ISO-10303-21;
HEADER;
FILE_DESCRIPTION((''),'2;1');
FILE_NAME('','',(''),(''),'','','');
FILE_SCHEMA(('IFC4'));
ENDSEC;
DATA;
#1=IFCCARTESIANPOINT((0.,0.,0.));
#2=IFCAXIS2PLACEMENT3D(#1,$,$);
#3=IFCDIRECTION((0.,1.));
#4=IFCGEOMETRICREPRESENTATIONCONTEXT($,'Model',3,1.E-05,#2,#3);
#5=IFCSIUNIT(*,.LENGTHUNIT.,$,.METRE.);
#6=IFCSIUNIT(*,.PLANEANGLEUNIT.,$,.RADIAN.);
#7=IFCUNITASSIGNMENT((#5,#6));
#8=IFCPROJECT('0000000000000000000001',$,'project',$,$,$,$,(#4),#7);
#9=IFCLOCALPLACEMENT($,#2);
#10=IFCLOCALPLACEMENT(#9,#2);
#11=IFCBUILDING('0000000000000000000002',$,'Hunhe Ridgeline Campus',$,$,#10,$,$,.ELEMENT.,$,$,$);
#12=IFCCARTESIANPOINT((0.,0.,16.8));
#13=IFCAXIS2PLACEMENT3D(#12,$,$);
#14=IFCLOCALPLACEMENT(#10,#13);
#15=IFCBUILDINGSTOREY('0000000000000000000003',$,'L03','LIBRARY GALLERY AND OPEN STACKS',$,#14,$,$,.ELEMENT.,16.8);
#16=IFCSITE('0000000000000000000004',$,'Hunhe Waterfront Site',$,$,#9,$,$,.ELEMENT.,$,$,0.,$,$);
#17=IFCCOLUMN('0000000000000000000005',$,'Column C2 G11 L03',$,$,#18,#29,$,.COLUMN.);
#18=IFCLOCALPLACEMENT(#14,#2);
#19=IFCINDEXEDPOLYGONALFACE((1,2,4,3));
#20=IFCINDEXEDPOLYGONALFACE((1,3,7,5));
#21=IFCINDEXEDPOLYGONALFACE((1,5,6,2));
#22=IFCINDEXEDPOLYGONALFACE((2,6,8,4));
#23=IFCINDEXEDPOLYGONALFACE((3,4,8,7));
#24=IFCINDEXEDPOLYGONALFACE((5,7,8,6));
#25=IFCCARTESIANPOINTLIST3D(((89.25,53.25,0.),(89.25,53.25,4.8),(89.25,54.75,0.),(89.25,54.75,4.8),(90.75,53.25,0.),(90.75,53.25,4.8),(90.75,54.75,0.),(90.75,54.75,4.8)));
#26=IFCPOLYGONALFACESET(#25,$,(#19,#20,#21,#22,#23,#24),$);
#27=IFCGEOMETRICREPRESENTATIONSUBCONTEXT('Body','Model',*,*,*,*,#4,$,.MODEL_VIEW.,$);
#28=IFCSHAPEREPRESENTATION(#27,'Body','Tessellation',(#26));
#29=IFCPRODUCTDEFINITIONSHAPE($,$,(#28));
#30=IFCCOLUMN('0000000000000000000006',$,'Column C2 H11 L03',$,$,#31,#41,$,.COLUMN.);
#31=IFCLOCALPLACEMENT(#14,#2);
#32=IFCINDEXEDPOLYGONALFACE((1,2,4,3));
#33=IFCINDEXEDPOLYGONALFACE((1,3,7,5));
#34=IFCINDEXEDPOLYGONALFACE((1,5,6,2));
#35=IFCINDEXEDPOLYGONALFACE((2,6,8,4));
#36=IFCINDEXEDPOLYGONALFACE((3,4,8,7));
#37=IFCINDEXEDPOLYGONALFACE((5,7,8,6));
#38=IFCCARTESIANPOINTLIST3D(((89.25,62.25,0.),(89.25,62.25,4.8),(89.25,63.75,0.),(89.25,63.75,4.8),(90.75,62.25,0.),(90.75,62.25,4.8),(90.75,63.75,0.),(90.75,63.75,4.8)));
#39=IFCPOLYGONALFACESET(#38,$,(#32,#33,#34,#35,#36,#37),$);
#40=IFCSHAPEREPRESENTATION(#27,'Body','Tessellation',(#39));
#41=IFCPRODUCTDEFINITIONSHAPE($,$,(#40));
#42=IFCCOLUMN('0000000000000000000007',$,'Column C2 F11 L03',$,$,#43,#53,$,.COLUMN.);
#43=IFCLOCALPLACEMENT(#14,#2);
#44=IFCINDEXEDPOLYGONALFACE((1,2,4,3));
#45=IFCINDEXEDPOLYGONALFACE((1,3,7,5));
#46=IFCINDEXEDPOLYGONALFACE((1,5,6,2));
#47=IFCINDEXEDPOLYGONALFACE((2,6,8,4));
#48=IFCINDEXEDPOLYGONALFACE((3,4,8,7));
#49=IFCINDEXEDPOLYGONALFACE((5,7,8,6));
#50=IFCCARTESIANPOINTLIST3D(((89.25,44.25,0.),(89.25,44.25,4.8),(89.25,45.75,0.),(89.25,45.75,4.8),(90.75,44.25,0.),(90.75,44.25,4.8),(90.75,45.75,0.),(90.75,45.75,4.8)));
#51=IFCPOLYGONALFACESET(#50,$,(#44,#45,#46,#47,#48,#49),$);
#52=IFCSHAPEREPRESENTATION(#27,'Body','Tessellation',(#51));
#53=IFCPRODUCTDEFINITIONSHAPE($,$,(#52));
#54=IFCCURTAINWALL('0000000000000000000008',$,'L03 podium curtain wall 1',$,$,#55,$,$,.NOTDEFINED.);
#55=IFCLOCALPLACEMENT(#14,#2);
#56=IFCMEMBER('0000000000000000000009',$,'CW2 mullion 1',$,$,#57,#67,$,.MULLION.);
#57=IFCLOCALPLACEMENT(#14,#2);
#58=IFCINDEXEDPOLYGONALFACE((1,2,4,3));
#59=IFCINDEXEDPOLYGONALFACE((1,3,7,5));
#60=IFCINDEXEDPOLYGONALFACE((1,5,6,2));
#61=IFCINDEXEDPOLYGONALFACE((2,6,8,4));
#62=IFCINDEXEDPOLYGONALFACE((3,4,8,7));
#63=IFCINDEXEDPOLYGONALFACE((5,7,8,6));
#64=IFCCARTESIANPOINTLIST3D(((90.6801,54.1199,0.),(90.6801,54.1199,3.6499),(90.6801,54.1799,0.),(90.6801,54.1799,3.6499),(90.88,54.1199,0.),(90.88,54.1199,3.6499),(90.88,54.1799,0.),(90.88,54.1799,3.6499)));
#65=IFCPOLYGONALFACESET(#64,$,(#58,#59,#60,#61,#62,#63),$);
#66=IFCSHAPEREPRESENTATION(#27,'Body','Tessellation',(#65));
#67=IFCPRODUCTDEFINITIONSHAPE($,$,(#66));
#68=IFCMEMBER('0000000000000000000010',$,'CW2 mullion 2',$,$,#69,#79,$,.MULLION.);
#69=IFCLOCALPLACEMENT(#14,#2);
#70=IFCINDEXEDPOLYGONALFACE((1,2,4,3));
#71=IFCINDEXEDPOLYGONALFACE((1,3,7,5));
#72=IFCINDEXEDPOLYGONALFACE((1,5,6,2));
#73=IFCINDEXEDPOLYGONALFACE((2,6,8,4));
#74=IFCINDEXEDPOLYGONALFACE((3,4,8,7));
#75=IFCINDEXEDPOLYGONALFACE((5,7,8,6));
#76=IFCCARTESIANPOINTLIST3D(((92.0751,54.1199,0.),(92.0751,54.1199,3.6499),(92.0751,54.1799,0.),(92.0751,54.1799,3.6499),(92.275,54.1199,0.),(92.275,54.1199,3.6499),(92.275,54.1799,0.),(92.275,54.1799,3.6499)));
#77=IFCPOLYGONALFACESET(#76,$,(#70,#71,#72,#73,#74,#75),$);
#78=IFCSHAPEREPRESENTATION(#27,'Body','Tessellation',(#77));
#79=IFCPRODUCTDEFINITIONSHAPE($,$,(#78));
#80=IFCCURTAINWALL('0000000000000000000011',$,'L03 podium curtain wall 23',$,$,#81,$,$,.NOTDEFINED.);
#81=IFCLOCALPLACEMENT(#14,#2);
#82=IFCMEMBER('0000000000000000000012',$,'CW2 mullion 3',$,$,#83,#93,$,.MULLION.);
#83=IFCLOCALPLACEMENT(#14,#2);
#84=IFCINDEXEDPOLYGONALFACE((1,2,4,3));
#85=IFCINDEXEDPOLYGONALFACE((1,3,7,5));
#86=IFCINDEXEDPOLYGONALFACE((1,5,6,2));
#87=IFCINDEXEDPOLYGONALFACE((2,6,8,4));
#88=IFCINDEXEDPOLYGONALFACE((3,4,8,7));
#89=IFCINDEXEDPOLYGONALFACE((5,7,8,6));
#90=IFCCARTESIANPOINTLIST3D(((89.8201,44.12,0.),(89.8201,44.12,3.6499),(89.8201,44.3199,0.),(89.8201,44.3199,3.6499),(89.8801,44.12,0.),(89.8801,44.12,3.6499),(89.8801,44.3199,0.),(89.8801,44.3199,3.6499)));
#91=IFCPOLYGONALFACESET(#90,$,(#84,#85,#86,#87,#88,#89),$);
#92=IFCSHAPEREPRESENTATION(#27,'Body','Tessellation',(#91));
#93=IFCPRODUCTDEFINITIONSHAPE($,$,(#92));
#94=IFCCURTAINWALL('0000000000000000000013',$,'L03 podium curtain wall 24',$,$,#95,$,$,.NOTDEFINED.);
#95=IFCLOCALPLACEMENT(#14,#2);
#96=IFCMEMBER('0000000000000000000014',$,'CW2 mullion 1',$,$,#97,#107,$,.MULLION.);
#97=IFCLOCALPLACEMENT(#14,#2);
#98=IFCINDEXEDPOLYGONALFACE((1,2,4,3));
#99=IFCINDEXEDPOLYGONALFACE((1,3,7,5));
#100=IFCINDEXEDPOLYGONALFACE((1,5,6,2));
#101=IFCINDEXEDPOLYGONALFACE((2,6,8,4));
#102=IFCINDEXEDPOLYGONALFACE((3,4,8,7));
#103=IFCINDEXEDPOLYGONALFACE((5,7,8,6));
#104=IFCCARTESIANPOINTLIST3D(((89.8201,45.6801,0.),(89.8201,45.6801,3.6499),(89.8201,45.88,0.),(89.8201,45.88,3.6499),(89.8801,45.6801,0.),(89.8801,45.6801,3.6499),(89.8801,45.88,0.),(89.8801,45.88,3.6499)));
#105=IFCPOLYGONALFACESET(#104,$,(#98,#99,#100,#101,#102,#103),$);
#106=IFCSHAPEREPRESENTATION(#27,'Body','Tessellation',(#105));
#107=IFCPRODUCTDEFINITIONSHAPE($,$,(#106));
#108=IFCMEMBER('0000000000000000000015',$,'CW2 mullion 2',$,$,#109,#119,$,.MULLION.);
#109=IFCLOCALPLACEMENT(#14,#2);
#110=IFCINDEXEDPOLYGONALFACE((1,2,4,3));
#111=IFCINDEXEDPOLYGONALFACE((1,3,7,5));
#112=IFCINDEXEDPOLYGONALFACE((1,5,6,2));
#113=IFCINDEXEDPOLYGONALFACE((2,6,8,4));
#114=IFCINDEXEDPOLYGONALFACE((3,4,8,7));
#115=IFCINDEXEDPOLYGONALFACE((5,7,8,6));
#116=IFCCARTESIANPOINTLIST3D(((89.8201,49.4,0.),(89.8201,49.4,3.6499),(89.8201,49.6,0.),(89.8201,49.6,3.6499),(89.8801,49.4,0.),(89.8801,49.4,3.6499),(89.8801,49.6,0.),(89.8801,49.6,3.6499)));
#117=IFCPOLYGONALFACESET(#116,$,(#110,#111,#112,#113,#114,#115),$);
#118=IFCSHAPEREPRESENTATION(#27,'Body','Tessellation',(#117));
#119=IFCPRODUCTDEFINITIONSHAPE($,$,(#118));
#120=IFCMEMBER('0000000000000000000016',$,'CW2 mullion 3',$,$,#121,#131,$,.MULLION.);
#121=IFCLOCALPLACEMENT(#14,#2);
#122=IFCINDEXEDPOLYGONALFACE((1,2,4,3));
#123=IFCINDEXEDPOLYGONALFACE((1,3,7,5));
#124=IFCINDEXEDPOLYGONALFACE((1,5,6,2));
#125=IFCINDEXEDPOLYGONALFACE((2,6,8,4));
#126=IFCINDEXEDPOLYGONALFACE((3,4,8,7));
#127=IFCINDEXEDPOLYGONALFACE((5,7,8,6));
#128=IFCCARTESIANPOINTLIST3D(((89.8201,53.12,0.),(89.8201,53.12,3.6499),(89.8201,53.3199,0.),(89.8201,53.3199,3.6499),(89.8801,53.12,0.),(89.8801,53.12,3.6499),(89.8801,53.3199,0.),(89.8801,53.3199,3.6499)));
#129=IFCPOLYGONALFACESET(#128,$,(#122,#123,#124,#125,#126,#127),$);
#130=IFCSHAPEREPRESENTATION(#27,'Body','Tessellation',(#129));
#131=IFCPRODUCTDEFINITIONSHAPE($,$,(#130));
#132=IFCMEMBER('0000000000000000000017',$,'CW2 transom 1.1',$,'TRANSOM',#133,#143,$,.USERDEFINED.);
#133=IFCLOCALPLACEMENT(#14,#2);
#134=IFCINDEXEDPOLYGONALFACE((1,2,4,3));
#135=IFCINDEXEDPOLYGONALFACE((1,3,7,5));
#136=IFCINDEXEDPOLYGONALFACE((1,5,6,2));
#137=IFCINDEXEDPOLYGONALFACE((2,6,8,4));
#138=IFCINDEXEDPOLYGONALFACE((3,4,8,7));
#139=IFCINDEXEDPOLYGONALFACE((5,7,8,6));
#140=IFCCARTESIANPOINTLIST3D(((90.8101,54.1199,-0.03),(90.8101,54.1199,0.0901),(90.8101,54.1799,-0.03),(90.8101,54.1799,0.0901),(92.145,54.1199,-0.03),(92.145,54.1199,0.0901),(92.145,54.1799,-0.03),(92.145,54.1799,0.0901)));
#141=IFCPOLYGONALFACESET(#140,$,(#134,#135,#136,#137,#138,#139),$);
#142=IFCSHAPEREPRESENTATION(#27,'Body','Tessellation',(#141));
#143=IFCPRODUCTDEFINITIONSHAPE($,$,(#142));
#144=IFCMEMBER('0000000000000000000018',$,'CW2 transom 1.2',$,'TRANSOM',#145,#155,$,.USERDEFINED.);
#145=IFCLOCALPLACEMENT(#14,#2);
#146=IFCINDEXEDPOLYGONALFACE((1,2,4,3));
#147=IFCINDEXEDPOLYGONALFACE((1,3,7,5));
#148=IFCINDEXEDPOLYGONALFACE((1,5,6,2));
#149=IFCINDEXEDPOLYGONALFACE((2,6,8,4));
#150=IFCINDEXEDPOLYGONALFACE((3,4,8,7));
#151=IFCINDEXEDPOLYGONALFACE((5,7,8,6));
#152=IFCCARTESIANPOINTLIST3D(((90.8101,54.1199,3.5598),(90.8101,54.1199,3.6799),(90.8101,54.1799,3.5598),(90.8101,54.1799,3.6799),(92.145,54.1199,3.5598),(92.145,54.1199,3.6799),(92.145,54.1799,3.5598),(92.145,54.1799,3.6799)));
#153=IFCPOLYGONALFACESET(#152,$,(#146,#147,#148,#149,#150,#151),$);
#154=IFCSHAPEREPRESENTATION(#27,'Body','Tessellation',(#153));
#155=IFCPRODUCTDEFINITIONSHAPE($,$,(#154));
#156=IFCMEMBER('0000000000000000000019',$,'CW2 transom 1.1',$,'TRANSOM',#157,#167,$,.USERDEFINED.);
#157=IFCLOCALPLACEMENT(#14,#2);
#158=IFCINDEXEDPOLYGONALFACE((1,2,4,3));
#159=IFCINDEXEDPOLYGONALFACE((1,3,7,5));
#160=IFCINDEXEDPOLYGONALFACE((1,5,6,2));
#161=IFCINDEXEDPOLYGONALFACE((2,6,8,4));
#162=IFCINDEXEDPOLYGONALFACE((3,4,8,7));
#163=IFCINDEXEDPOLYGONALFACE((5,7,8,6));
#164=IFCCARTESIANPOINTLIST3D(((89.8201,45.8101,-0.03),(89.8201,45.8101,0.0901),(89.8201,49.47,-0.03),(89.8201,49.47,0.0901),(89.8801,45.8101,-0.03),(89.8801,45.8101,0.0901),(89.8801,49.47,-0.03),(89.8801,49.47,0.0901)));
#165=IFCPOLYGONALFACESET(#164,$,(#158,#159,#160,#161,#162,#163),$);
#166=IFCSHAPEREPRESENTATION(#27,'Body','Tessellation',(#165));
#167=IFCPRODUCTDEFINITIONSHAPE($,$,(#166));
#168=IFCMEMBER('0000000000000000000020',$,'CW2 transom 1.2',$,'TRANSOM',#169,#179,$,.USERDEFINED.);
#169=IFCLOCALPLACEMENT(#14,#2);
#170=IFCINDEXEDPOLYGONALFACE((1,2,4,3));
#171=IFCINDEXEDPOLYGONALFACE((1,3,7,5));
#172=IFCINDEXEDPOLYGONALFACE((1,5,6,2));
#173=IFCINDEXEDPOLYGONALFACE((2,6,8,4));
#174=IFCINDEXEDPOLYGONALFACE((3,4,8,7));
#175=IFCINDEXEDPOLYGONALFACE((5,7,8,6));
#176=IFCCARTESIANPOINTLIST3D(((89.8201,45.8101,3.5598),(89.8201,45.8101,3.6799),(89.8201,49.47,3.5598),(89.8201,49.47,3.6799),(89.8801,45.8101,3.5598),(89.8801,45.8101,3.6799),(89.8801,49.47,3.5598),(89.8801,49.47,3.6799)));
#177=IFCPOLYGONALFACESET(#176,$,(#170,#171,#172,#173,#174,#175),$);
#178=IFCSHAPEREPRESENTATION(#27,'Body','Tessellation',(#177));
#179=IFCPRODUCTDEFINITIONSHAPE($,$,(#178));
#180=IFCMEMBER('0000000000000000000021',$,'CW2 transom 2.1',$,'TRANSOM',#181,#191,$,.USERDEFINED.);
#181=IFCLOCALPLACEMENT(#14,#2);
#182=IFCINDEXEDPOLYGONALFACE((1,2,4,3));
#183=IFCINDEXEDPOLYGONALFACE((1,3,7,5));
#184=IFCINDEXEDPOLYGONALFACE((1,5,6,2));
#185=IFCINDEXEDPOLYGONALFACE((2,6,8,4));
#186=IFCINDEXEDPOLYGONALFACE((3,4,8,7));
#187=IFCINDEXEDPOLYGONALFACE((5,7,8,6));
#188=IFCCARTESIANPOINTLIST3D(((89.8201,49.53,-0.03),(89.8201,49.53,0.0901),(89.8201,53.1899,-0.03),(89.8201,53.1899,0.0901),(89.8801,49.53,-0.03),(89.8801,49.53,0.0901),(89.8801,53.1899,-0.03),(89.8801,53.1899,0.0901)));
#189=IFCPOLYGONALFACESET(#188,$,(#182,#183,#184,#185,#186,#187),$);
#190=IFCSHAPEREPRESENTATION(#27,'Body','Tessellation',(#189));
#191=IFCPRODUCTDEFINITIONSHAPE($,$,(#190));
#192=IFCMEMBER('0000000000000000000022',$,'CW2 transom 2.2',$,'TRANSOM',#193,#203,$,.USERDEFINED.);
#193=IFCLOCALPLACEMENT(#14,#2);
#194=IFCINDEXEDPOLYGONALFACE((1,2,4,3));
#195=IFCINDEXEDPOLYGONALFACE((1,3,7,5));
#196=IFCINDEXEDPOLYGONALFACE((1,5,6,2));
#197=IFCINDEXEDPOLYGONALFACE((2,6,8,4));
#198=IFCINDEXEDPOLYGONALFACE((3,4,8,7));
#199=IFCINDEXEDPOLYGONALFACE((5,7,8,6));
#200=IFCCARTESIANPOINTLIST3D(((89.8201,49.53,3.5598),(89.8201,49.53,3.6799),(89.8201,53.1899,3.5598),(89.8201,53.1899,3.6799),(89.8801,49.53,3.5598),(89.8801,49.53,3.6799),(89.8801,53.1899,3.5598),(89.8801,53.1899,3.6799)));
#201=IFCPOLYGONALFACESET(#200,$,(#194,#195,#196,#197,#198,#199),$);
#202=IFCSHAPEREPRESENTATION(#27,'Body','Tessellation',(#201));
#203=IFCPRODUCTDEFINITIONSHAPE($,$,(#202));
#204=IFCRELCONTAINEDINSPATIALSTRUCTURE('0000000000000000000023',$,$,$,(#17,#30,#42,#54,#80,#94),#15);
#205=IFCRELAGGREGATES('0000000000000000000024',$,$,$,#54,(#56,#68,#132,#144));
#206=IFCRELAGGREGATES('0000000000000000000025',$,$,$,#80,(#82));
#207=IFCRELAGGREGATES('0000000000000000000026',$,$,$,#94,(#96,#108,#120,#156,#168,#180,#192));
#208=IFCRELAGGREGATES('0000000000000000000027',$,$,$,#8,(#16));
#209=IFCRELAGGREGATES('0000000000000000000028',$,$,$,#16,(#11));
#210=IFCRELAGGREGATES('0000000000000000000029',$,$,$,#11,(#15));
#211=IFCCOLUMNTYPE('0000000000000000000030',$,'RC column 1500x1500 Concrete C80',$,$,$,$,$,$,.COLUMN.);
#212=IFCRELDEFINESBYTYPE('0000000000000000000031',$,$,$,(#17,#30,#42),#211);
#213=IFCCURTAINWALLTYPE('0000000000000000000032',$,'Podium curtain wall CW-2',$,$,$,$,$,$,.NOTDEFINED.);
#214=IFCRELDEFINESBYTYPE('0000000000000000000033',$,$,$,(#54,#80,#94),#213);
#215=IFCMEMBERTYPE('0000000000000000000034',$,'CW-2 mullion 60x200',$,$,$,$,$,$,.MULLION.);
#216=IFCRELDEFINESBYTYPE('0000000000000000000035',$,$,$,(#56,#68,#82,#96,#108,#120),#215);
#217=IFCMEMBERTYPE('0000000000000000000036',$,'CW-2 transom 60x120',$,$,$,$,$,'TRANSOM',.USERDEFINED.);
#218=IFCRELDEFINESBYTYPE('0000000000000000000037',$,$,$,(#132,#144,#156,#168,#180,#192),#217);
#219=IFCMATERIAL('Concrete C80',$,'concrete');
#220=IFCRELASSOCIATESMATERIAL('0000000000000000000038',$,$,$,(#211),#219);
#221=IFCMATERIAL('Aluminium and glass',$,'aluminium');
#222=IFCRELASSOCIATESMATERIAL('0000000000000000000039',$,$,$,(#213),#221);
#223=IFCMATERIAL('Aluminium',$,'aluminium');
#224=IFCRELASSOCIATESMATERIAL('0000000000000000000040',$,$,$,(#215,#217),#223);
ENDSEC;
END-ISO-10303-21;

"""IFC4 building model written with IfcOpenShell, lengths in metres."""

from ifc_helpers import new_model, si_unit, direction, frame, origin, origin_2d, place, context, subcontext, project, spatial, rectangle, extrude, material, material_profile, profile_set, type_object, element, aggregate, save


model = new_model("IFC4")

# Units and contexts
model_context = context("Model", 3, precision=1e-05, world=origin(), true_north=direction((0.0, 1.0)))
body_context = subcontext(model_context, "Body", "Model", "MODEL_VIEW")
ifc_project = project(units=[si_unit("LENGTHUNIT", "METRE"), si_unit("PLANEANGLEUNIT", "RADIAN")], contexts=[model_context])

# Site, building, storey
site_placement = place(None, origin())
site = spatial("IfcSite", under=ifc_project, at=site_placement, Name="Hunhe Waterfront Site", CompositionType="ELEMENT", RefElevation=0.0)
building_placement = place(site_placement, origin())
building = spatial("IfcBuilding", under=site, at=building_placement, Name="Hunhe Ridgeline Campus", CompositionType="ELEMENT")
storey_placement = place(building_placement, frame((0.0, 0.0, 16.8)))
storey = spatial("IfcBuildingStorey", under=building, at=storey_placement, Name="L03", Description="LIBRARY GALLERY AND OPEN STACKS", CompositionType="ELEMENT", Elevation=16.8)

# Columns
ifc_material_1 = material(Name="Concrete C80", Category="concrete")
ifc_material_profile_1 = material_profile(ifc_material_1, rectangle(XDim=1.5, YDim=1.5, at=origin_2d()))
ifc_profile_set_1 = profile_set([ifc_material_profile_1], Name="Concrete C80")
column_type = type_object("IfcColumnType", Name="RC column 1500x1500 Concrete C80", PredefinedType="COLUMN", material=ifc_profile_set_1)
for number, where, z_axis, x_axis, name in (
    (1, (90.0, 54.0, 0.0), (0.0, 0.0, 1.0), (1.0, 0.0, 0.0), "Column C2 G11 L03"),
    (2, (90.0, 63.0, 0.0), (0.0, 0.0, 1.0), (1.0, 0.0, 0.0), "Column C2 H11 L03"),
    (3, (90.0, 45.0, 0.0), (0.0, 0.0, 1.0), (1.0, 0.0, 0.0), "Column C2 F11 L03"),
):
    element("IfcColumn", number, at=place(storey_placement, frame(where, z_axis=z_axis, x_axis=x_axis)), inside=storey, type_object=column_type, Name=name, PredefinedType="COLUMN", context=body_context, shape_type="SweptSolid", body=[
        extrude(rectangle(XDim=1.5, YDim=1.5, at=origin_2d()), origin(), (0.0, 0.0, 1.0), 4.8),
    ])

# Curtain wall, members
ifc_material_2 = material(Name="Aluminium and glass", Category="aluminium")
curtain_wall_type = type_object("IfcCurtainWallType", Name="Podium curtain wall CW-2", PredefinedType="NOTDEFINED", material=ifc_material_2)
curtain_wall_1_placement = place(storey_placement, origin())
curtain_wall_1 = element("IfcCurtainWall", 4, at=curtain_wall_1_placement, inside=storey, type_object=curtain_wall_type, Name="L03 podium curtain wall 1", PredefinedType="NOTDEFINED")
ifc_material_3 = material(Name="Aluminium", Category="aluminium")
ifc_material_profile_2 = material_profile(ifc_material_3, rectangle(XDim=0.0601, YDim=0.2, at=origin_2d()))
ifc_profile_set_2 = profile_set([ifc_material_profile_2], Name="Aluminium")
member_type_1 = type_object("IfcMemberType", Name="CW-2 mullion 60x200", PredefinedType="MULLION", material=ifc_profile_set_2)
member_1_placement = place(storey_placement, frame((90.78, 54.1499, 0.0), z_axis=(0.0, 0.0, 1.0), x_axis=(0.0, 1.0, 0.0)))
member_1 = element("IfcMember", 5, at=member_1_placement, type_object=member_type_1, Name="CW2 mullion 1", PredefinedType="MULLION", context=body_context, shape_type="SweptSolid", body=[
    extrude(rectangle(XDim=0.0601, YDim=0.2, at=origin_2d()), origin(), (0.0, 0.0, 1.0), 3.6499),
])
member_2_placement = place(storey_placement, frame((92.175, 54.1499, 0.0), z_axis=(0.0, 0.0, 1.0), x_axis=(0.0, 1.0, 0.0)))
member_2 = element("IfcMember", 6, at=member_2_placement, type_object=member_type_1, Name="CW2 mullion 2", PredefinedType="MULLION", context=body_context, shape_type="SweptSolid", body=[
    extrude(rectangle(XDim=0.0601, YDim=0.2, at=origin_2d()), origin(), (0.0, 0.0, 1.0), 3.6499),
])

# Curtain wall, member
curtain_wall_2_placement = place(storey_placement, origin())
curtain_wall_2 = element("IfcCurtainWall", 7, at=curtain_wall_2_placement, inside=storey, type_object=curtain_wall_type, Name="L03 podium curtain wall 23", PredefinedType="NOTDEFINED")
member_3_placement = place(storey_placement, frame((89.8501, 44.22, 0.0), z_axis=(0.0, 0.0, 1.0), x_axis=(-1.0, 0.0, 0.0)))
member_3 = element("IfcMember", 8, at=member_3_placement, type_object=member_type_1, Name="CW2 mullion 3", PredefinedType="MULLION", context=body_context, shape_type="SweptSolid", body=[
    extrude(rectangle(XDim=0.0601, YDim=0.2, at=origin_2d()), origin(), (0.0, 0.0, 1.0), 3.6499),
])

# Curtain wall, members
curtain_wall_3_placement = place(storey_placement, origin())
curtain_wall_3 = element("IfcCurtainWall", 9, at=curtain_wall_3_placement, inside=storey, type_object=curtain_wall_type, Name="L03 podium curtain wall 24", PredefinedType="NOTDEFINED")
member_4_placement = place(storey_placement, frame((89.8501, 45.78, 0.0), z_axis=(0.0, 0.0, 1.0), x_axis=(-1.0, 0.0, 0.0)))
member_4 = element("IfcMember", 10, at=member_4_placement, type_object=member_type_1, Name="CW2 mullion 1", PredefinedType="MULLION", context=body_context, shape_type="SweptSolid", body=[
    extrude(rectangle(XDim=0.0601, YDim=0.2, at=origin_2d()), origin(), (0.0, 0.0, 1.0), 3.6499),
])
member_5_placement = place(storey_placement, frame((89.8501, 49.5, 0.0), z_axis=(0.0, 0.0, 1.0), x_axis=(-1.0, 0.0, 0.0)))
member_5 = element("IfcMember", 11, at=member_5_placement, type_object=member_type_1, Name="CW2 mullion 2", PredefinedType="MULLION", context=body_context, shape_type="SweptSolid", body=[
    extrude(rectangle(XDim=0.0601, YDim=0.2, at=origin_2d()), origin(), (0.0, 0.0, 1.0), 3.6499),
])
member_6_placement = place(storey_placement, frame((89.8501, 53.22, 0.0), z_axis=(0.0, 0.0, 1.0), x_axis=(-1.0, 0.0, 0.0)))
member_6 = element("IfcMember", 12, at=member_6_placement, type_object=member_type_1, Name="CW2 mullion 3", PredefinedType="MULLION", context=body_context, shape_type="SweptSolid", body=[
    extrude(rectangle(XDim=0.0601, YDim=0.2, at=origin_2d()), origin(), (0.0, 0.0, 1.0), 3.6499),
])

# Members
ifc_material_profile_3 = material_profile(ifc_material_3, rectangle(XDim=0.0601, YDim=0.1201, at=origin_2d()))
ifc_profile_set_3 = profile_set([ifc_material_profile_3], Name="Aluminium")
member_type_2 = type_object("IfcMemberType", Name="CW-2 transom 60x120", ElementType="TRANSOM", PredefinedType="USERDEFINED", material=ifc_profile_set_3)
member_7_placement = place(storey_placement, frame((90.8101, 54.1499, 0.03), z_axis=(1.0, 0.0, 0.0), x_axis=(0.0, 1.0, 0.0)))
member_7 = element("IfcMember", 13, at=member_7_placement, type_object=member_type_2, Name="CW2 transom 1.1", ObjectType="TRANSOM", PredefinedType="USERDEFINED", context=body_context, shape_type="SweptSolid", body=[
    extrude(rectangle(XDim=0.0601, YDim=0.1201, at=origin_2d()), origin(), (0.0, 0.0, 1.0), 1.335),
])
member_8_placement = place(storey_placement, frame((90.8101, 54.1499, 3.6199), z_axis=(1.0, 0.0, 0.0), x_axis=(0.0, 1.0, 0.0)))
member_8 = element("IfcMember", 14, at=member_8_placement, type_object=member_type_2, Name="CW2 transom 1.2", ObjectType="TRANSOM", PredefinedType="USERDEFINED", context=body_context, shape_type="SweptSolid", body=[
    extrude(rectangle(XDim=0.0601, YDim=0.1201, at=origin_2d()), origin(), (0.0, 0.0, 1.0), 1.335),
])
member_9_placement = place(storey_placement, frame((89.8501, 45.8101, 0.03), z_axis=(0.0, 1.0, 0.0), x_axis=(-1.0, 0.0, 0.0)))
member_9 = element("IfcMember", 15, at=member_9_placement, type_object=member_type_2, Name="CW2 transom 1.1", ObjectType="TRANSOM", PredefinedType="USERDEFINED", context=body_context, shape_type="SweptSolid", body=[
    extrude(rectangle(XDim=0.0601, YDim=0.1201, at=origin_2d()), origin(), (0.0, 0.0, 1.0), 3.6599),
])
member_10_placement = place(storey_placement, frame((89.8501, 45.8101, 3.6199), z_axis=(0.0, 1.0, 0.0), x_axis=(-1.0, 0.0, 0.0)))
member_10 = element("IfcMember", 16, at=member_10_placement, type_object=member_type_2, Name="CW2 transom 1.2", ObjectType="TRANSOM", PredefinedType="USERDEFINED", context=body_context, shape_type="SweptSolid", body=[
    extrude(rectangle(XDim=0.0601, YDim=0.1201, at=origin_2d()), origin(), (0.0, 0.0, 1.0), 3.6599),
])
member_11_placement = place(storey_placement, frame((89.8501, 49.53, 0.03), z_axis=(0.0, 1.0, 0.0), x_axis=(-1.0, 0.0, 0.0)))
member_11 = element("IfcMember", 17, at=member_11_placement, type_object=member_type_2, Name="CW2 transom 2.1", ObjectType="TRANSOM", PredefinedType="USERDEFINED", context=body_context, shape_type="SweptSolid", body=[
    extrude(rectangle(XDim=0.0601, YDim=0.1201, at=origin_2d()), origin(), (0.0, 0.0, 1.0), 3.6599),
])
member_12_placement = place(storey_placement, frame((89.8501, 49.53, 3.6199), z_axis=(0.0, 1.0, 0.0), x_axis=(-1.0, 0.0, 0.0)))
member_12 = element("IfcMember", 18, at=member_12_placement, type_object=member_type_2, Name="CW2 transom 2.2", ObjectType="TRANSOM", PredefinedType="USERDEFINED", context=body_context, shape_type="SweptSolid", body=[
    extrude(rectangle(XDim=0.0601, YDim=0.1201, at=origin_2d()), origin(), (0.0, 0.0, 1.0), 3.6599),
])

aggregate(curtain_wall_1, [member_1, member_2, member_7, member_8])
aggregate(curtain_wall_2, [member_3])
aggregate(curtain_wall_3, [member_4, member_5, member_6, member_9, member_10, member_11, member_12])

save(model, "model.ifc")
